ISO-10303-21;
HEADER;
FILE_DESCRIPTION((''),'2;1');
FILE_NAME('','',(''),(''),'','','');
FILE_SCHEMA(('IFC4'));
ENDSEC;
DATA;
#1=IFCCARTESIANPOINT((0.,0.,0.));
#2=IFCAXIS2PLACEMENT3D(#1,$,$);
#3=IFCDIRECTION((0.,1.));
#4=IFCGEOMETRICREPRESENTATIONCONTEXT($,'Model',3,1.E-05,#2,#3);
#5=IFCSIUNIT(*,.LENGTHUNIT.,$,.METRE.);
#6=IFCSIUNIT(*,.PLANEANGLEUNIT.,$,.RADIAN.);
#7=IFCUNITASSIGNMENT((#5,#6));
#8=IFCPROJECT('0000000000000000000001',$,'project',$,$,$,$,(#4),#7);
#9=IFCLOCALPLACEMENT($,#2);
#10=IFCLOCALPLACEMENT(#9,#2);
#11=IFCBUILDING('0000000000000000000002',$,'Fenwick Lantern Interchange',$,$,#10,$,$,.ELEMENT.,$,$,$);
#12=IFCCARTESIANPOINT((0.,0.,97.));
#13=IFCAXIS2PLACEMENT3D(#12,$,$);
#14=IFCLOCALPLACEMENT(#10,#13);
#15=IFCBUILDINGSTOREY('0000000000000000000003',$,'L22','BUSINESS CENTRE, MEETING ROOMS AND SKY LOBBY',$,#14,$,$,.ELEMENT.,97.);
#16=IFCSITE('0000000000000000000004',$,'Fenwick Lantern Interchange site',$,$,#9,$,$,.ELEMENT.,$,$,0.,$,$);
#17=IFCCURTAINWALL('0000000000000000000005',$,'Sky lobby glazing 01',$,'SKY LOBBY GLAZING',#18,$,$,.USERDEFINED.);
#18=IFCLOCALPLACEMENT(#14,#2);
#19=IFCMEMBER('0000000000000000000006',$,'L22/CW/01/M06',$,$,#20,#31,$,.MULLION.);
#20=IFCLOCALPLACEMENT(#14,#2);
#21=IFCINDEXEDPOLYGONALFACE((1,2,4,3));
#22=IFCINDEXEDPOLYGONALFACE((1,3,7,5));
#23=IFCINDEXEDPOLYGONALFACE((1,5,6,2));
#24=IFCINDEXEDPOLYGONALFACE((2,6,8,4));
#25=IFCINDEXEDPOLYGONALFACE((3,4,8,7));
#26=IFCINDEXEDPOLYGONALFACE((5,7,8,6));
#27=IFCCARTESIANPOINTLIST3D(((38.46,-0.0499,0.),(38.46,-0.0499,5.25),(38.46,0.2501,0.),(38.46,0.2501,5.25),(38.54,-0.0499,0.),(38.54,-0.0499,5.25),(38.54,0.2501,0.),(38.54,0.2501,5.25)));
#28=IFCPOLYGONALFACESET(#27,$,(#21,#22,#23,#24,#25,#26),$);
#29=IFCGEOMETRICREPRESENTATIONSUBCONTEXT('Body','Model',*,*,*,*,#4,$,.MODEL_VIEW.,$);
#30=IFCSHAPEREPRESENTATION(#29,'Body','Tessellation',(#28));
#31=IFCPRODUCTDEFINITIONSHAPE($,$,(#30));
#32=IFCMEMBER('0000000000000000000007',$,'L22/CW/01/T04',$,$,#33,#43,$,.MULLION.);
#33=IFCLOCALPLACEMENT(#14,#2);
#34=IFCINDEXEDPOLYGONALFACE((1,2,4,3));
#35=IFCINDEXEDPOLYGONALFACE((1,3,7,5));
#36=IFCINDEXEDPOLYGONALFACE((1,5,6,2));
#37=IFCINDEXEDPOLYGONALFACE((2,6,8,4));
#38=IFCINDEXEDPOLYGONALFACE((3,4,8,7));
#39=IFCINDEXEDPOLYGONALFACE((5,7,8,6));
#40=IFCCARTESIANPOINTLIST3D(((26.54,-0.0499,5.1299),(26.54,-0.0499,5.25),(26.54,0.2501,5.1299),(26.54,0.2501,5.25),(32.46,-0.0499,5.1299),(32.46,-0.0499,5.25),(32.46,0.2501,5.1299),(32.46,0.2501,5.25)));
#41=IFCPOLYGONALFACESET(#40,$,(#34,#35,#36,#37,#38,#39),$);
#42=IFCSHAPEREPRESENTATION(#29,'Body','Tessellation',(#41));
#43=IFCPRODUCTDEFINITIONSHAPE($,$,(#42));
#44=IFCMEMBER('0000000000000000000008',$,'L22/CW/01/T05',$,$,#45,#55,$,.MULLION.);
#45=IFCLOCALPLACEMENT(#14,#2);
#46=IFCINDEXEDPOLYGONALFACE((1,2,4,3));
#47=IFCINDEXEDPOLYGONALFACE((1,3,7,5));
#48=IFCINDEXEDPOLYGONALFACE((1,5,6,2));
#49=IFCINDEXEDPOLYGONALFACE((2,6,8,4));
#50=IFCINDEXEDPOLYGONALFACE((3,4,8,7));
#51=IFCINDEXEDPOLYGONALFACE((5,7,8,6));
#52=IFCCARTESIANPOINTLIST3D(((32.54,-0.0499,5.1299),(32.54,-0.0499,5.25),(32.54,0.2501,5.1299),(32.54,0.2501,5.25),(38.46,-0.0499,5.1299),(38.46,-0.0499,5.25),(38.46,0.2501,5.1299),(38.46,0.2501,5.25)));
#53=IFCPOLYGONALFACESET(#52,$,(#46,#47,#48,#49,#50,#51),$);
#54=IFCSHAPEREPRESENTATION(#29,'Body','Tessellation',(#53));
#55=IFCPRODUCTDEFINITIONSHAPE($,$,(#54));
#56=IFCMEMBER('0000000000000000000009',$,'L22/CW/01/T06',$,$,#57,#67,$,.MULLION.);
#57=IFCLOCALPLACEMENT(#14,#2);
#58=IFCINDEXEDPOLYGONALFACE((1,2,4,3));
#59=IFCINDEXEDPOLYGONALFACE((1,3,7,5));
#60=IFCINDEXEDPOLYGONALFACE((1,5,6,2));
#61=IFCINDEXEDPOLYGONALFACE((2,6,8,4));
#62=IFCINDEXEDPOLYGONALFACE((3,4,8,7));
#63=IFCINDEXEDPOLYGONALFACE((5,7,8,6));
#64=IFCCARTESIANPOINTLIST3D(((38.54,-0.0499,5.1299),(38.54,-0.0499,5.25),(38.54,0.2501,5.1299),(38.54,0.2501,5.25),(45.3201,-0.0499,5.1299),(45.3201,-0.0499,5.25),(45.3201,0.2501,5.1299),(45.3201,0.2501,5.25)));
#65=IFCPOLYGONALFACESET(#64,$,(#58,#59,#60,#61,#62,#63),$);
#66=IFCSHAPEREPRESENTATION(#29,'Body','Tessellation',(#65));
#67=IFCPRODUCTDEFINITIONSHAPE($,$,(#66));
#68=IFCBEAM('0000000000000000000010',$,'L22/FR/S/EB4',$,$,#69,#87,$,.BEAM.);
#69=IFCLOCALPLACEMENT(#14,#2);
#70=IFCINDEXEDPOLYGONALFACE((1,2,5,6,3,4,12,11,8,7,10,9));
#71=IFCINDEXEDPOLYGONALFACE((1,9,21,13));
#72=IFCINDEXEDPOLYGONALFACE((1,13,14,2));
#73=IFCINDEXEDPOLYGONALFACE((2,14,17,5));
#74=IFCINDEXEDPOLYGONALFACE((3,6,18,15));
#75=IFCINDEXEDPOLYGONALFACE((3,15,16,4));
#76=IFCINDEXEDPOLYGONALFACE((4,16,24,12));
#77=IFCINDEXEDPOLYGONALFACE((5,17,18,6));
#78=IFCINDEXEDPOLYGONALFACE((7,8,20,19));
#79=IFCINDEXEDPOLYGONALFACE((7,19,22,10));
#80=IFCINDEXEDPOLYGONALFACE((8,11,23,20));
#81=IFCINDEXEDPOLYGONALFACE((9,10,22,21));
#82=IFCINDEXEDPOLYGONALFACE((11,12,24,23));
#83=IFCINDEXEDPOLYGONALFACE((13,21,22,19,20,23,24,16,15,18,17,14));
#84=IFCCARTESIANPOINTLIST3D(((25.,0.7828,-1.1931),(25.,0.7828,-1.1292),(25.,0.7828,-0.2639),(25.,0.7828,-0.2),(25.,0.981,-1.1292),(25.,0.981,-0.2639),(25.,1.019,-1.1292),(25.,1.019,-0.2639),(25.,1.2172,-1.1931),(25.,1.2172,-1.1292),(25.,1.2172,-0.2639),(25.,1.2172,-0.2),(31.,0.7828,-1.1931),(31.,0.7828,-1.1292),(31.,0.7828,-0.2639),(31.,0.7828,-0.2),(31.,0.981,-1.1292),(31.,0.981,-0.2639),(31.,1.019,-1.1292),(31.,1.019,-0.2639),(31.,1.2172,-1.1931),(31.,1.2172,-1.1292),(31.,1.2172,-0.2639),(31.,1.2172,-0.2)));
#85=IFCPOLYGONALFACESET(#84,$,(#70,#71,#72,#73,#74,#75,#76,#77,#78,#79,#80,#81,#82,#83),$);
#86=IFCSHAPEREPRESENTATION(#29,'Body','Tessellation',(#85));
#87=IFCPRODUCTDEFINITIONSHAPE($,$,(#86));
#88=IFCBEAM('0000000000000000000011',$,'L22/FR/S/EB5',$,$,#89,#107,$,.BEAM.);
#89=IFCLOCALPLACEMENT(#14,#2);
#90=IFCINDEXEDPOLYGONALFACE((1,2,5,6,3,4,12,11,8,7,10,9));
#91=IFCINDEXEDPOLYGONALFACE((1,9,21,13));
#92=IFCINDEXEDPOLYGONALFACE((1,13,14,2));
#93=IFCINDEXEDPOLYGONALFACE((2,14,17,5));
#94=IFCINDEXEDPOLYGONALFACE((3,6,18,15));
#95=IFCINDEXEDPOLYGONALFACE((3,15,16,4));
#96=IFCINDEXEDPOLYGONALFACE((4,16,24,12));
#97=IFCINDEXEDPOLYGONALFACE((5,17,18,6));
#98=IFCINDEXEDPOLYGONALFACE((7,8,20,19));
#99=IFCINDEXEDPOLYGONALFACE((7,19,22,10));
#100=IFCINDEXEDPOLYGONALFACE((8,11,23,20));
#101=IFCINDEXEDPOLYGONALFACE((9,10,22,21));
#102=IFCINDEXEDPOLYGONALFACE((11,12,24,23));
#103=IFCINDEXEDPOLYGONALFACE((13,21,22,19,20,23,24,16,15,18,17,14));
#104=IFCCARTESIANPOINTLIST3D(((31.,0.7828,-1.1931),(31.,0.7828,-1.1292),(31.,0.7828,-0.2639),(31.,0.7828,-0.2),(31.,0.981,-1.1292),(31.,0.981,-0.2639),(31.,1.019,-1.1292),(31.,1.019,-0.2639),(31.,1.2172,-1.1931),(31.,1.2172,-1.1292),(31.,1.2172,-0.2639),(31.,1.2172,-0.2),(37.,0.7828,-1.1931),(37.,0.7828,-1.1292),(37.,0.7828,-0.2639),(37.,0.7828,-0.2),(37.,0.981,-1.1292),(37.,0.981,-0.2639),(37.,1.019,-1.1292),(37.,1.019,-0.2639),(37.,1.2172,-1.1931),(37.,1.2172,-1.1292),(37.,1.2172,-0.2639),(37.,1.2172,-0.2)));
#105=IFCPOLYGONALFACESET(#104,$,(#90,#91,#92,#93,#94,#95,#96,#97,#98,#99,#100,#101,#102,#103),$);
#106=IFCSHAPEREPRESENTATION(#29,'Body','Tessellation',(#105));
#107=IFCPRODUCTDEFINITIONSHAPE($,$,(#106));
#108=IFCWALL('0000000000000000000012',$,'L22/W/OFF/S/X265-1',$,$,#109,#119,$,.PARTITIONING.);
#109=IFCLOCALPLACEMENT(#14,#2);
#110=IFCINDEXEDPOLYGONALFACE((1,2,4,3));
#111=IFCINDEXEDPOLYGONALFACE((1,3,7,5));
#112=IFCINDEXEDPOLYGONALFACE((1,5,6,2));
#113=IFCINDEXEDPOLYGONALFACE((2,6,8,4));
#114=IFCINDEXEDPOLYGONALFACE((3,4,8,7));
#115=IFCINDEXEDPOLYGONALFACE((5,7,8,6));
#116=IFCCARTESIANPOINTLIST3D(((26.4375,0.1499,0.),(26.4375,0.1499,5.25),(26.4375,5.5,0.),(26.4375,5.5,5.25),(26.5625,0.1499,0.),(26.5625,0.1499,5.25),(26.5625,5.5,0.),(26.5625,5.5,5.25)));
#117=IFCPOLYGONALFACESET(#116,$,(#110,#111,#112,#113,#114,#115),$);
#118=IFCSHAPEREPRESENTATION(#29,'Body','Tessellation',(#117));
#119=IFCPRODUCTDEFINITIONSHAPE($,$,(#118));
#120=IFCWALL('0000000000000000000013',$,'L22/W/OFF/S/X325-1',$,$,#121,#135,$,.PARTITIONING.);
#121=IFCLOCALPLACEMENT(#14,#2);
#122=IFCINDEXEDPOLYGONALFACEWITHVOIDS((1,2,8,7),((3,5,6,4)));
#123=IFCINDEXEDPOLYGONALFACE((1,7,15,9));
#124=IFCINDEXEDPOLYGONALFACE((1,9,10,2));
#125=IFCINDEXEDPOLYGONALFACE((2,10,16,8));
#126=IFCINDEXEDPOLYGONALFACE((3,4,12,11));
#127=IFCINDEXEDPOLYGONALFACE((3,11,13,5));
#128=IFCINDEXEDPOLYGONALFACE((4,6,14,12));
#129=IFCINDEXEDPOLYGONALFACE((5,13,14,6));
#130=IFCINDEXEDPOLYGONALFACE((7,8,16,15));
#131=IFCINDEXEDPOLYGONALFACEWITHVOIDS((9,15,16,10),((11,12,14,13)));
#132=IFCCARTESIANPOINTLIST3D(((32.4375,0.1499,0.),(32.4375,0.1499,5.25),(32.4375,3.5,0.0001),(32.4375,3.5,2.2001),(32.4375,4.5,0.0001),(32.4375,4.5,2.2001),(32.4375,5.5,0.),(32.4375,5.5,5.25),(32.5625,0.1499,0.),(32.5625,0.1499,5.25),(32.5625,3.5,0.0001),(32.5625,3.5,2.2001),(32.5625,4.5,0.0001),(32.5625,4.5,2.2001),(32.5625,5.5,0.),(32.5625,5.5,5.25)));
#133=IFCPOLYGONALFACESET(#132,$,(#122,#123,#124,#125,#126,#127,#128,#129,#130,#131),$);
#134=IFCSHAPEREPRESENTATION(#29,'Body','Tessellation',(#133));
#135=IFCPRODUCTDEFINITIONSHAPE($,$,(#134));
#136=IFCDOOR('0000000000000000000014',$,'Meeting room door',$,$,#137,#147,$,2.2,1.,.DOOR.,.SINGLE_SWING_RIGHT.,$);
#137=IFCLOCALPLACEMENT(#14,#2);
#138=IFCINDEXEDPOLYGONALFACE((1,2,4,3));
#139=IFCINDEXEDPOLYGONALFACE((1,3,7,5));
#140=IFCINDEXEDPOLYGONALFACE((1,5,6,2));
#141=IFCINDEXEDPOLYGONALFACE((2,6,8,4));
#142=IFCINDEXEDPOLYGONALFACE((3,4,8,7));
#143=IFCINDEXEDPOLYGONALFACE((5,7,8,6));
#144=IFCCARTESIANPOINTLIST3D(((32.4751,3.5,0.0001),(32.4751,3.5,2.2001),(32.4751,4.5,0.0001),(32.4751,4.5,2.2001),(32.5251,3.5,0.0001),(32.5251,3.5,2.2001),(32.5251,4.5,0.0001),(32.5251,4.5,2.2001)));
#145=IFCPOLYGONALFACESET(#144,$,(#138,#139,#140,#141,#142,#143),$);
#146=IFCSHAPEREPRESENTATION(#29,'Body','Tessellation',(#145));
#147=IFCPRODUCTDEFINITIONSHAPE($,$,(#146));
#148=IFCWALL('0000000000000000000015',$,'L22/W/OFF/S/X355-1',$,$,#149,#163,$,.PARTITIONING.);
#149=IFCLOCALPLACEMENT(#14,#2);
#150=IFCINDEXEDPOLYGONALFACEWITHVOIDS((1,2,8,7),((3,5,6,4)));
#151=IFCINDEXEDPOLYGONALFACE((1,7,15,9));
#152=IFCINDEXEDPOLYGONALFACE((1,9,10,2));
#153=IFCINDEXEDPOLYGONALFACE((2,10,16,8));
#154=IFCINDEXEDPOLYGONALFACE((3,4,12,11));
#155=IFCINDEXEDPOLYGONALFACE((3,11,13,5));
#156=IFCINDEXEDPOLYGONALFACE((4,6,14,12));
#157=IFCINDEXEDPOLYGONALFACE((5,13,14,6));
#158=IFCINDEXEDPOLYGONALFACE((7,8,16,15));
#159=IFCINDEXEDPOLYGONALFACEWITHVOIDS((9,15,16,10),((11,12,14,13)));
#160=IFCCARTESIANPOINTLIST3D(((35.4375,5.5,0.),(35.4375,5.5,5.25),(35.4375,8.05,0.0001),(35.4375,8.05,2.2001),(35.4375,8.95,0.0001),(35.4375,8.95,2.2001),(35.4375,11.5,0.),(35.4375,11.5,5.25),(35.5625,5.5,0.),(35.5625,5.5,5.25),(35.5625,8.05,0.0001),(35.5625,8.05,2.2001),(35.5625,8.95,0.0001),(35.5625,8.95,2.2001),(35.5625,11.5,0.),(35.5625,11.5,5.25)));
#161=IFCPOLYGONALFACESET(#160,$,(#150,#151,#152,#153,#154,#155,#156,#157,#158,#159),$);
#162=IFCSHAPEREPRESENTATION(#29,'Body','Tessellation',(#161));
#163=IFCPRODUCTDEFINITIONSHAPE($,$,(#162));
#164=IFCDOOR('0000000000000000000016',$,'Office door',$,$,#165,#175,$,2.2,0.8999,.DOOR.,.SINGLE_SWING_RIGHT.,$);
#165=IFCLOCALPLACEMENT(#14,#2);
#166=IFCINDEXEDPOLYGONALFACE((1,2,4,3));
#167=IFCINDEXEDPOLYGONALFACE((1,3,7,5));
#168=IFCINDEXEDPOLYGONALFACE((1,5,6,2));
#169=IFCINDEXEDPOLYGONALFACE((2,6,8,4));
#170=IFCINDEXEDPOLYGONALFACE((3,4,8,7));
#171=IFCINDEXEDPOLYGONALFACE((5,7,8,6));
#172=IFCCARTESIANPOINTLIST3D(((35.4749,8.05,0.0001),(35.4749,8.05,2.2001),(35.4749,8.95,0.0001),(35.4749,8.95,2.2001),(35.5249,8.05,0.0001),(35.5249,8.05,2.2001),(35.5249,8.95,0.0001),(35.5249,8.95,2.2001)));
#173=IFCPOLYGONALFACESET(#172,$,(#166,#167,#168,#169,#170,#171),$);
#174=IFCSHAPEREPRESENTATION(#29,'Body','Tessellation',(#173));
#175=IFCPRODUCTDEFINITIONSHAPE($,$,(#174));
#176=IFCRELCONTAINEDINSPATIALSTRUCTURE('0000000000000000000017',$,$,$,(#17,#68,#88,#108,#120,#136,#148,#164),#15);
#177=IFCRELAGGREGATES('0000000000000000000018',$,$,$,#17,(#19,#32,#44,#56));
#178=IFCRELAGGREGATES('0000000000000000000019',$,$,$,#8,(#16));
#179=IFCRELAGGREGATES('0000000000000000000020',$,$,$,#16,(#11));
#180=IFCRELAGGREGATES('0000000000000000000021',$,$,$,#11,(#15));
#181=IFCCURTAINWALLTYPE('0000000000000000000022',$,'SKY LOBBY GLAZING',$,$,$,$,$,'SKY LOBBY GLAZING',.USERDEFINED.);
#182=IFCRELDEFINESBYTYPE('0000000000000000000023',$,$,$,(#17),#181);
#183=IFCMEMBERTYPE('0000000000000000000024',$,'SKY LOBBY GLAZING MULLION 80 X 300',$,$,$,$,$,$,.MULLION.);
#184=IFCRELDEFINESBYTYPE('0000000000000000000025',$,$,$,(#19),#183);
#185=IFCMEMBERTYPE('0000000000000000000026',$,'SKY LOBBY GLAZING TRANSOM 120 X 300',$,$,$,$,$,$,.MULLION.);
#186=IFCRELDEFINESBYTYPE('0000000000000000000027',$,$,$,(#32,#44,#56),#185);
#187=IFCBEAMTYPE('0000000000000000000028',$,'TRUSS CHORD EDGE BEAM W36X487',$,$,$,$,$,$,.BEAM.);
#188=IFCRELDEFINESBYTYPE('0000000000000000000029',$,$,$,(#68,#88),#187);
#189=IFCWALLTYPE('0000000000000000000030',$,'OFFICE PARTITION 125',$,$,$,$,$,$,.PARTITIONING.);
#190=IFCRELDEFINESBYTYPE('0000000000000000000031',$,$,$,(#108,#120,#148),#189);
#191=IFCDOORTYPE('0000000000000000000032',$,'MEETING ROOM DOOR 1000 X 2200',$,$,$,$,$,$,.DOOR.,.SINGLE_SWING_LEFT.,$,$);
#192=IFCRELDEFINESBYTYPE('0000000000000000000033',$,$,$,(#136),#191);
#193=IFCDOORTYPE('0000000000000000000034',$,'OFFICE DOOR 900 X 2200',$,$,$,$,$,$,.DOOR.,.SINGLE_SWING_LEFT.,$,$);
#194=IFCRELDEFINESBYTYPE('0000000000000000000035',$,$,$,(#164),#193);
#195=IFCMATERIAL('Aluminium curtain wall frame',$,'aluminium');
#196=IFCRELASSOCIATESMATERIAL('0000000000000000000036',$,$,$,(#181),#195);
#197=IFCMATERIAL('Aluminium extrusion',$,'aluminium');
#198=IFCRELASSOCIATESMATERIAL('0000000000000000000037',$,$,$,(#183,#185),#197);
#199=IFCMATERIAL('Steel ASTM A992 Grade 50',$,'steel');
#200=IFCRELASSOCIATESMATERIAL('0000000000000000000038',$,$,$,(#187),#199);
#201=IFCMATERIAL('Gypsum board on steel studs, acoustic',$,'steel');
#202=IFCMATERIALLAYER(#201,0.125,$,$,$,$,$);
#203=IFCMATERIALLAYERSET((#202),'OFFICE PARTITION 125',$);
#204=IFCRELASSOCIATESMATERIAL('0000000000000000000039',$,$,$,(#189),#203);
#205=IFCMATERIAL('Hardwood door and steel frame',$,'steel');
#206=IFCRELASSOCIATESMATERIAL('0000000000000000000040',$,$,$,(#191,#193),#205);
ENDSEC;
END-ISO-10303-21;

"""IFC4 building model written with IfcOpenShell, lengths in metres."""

from ifc_helpers import new_model, si_unit, direction, frame, frame_2d, origin, origin_2d, place, context, subcontext, project, spatial, rectangle, i_section, extrude, material, layer, layer_set, material_profile, profile_set, type_object, element, fill, aggregate, save


model = new_model("IFC4")

# Units and contexts
model_context = context("Model", 3, precision=1e-05, world=origin(), true_north=direction((0.0, 1.0)))
body_context = subcontext(model_context, "Body", "Model", "MODEL_VIEW")
ifc_project = project(units=[si_unit("LENGTHUNIT", "METRE"), si_unit("PLANEANGLEUNIT", "RADIAN")], contexts=[model_context])

# Site, building, storey
site_placement = place(None, origin())
site = spatial("IfcSite", under=ifc_project, at=site_placement, Name="Fenwick Lantern Interchange site", CompositionType="ELEMENT", RefElevation=0.0)
building_placement = place(site_placement, origin())
building = spatial("IfcBuilding", under=site, at=building_placement, Name="Fenwick Lantern Interchange", CompositionType="ELEMENT")
storey_placement = place(building_placement, frame((0.0, 0.0, 97.0)))
storey = spatial("IfcBuildingStorey", under=building, at=storey_placement, Name="L22", Description="BUSINESS CENTRE, MEETING ROOMS AND SKY LOBBY", CompositionType="ELEMENT", Elevation=97.0)

# Shared definitions
ifc_material_1 = material(Name="Steel ASTM A992 Grade 50", Category="steel")

# Curtain wall, members
ifc_material_2 = material(Name="Aluminium curtain wall frame", Category="aluminium")
curtain_wall_type = type_object("IfcCurtainWallType", Name="SKY LOBBY GLAZING", ElementType="SKY LOBBY GLAZING", PredefinedType="USERDEFINED", material=ifc_material_2)
curtain_wall_placement = place(storey_placement, origin())
curtain_wall = element("IfcCurtainWall", 1, at=curtain_wall_placement, inside=storey, type_object=curtain_wall_type, Name="Sky lobby glazing 01", ObjectType="SKY LOBBY GLAZING", PredefinedType="USERDEFINED")
ifc_material_3 = material(Name="Aluminium extrusion", Category="aluminium")
ifc_material_profile_1 = material_profile(ifc_material_3, rectangle(XDim=0.3, YDim=0.0801, at=origin_2d()), Name="SKY LOBBY GLAZING MULLION 80 X 300")
ifc_profile_set_1 = profile_set([ifc_material_profile_1], Name="Aluminium extrusion")
member_type_1 = type_object("IfcMemberType", Name="SKY LOBBY GLAZING MULLION 80 X 300", PredefinedType="MULLION", material=ifc_profile_set_1)
member_1_placement = place(storey_placement, frame((38.5, 0.1001, 0.0), z_axis=(0.0, 0.0, 1.0), x_axis=(0.0, 1.0, 0.0)))
member_1 = element("IfcMember", 2, at=member_1_placement, type_object=member_type_1, Name="L22/CW/01/M06", PredefinedType="MULLION", context=body_context, shape_type="SweptSolid", body=[
    extrude(rectangle(XDim=0.3, YDim=0.0801, at=origin_2d()), origin(), (0.0, 0.0, 1.0), 5.25),
])
ifc_material_profile_2 = material_profile(ifc_material_3, rectangle(XDim=0.3, YDim=0.1201, at=origin_2d()), Name="SKY LOBBY GLAZING TRANSOM 120 X 300")
ifc_profile_set_2 = profile_set([ifc_material_profile_2], Name="Aluminium extrusion")
member_type_2 = type_object("IfcMemberType", Name="SKY LOBBY GLAZING TRANSOM 120 X 300", PredefinedType="MULLION", material=ifc_profile_set_2)
member_2_placement = place(storey_placement, frame((26.54, 0.1001, 5.1899), z_axis=(1.0, 0.0, 0.0), x_axis=(0.0, 1.0, 0.0)))
member_2 = element("IfcMember", 3, at=member_2_placement, type_object=member_type_2, Name="L22/CW/01/T04", PredefinedType="MULLION", context=body_context, shape_type="SweptSolid", body=[
    extrude(rectangle(XDim=0.3, YDim=0.1201, at=origin_2d()), origin(), (0.0, 0.0, 1.0), 5.9199),
])
member_3_placement = place(storey_placement, frame((32.54, 0.1001, 5.1899), z_axis=(1.0, 0.0, 0.0), x_axis=(0.0, 1.0, 0.0)))
member_3 = element("IfcMember", 4, at=member_3_placement, type_object=member_type_2, Name="L22/CW/01/T05", PredefinedType="MULLION", context=body_context, shape_type="SweptSolid", body=[
    extrude(rectangle(XDim=0.3, YDim=0.1201, at=origin_2d()), origin(), (0.0, 0.0, 1.0), 5.9199),
])
member_4_placement = place(storey_placement, frame((38.54, 0.1001, 5.1899), z_axis=(1.0, 0.0, 0.0), x_axis=(0.0, 1.0, 0.0)))
member_4 = element("IfcMember", 5, at=member_4_placement, type_object=member_type_2, Name="L22/CW/01/T06", PredefinedType="MULLION", context=body_context, shape_type="SweptSolid", body=[
    extrude(rectangle(XDim=0.3, YDim=0.1201, at=origin_2d()), origin(), (0.0, 0.0, 1.0), 6.78),
])
aggregate(curtain_wall, [member_1, member_2, member_3, member_4])

# Beams
ifc_material_profile_3 = material_profile(ifc_material_1, i_section(OverallWidth=0.4343, OverallDepth=0.9932, WebThickness=0.0381, FlangeThickness=0.064, at=origin_2d()), Name="W36X487")
ifc_profile_set_3 = profile_set([ifc_material_profile_3], Name="Steel ASTM A992 Grade 50")
beam_type_1 = type_object("IfcBeamType", Name="TRUSS CHORD EDGE BEAM W36X487", PredefinedType="BEAM", material=ifc_profile_set_3)
for number, where, z_axis, x_axis, name in (
    (6, (25.0, 1.0, -0.6965), (1.0, 0.0, 0.0), (0.0, 1.0, 0.0), "L22/FR/S/EB4"),
    (7, (31.0, 1.0, -0.6965), (1.0, 0.0, 0.0), (0.0, 1.0, 0.0), "L22/FR/S/EB5"),
):
    element("IfcBeam", number, at=place(storey_placement, frame(where, z_axis=z_axis, x_axis=x_axis)), inside=storey, type_object=beam_type_1, Name=name, PredefinedType="BEAM", context=body_context, shape_type="SweptSolid", body=[
        extrude(i_section(OverallWidth=0.4343, OverallDepth=0.9932, WebThickness=0.0381, FlangeThickness=0.064, at=origin_2d()), origin(), (0.0, 0.0, 1.0), 6.0),
    ])

# Wall
ifc_material_4 = material(Name="Gypsum board on steel studs, acoustic", Category="steel")
ifc_layer_1 = layer(ifc_material_4, 0.125)
ifc_layer_set_1 = layer_set([ifc_layer_1], Name="OFFICE PARTITION 125")
wall_type_1 = type_object("IfcWallType", Name="OFFICE PARTITION 125", PredefinedType="PARTITIONING", material=ifc_layer_set_1)
wall_1_placement = place(storey_placement, frame((26.5, 0.1499, 0.0), z_axis=(0.0, 0.0, 1.0), x_axis=(0.0, 1.0, 0.0)))
element("IfcWall", 8, at=wall_1_placement, inside=storey, type_object=wall_type_1, Name="L22/W/OFF/S/X265-1", PredefinedType="PARTITIONING", context=body_context, shape_type="SweptSolid", body=[
    extrude(rectangle(XDim=5.3501, YDim=0.125, at=frame_2d((2.675, 0.0))), origin(), (0.0, 0.0, 1.0), 5.25),
])

# Walls, openings, doors
wall_2_placement = place(storey_placement, frame((32.5, 0.1499, 0.0), z_axis=(0.0, 0.0, 1.0), x_axis=(0.0, 1.0, 0.0)))
wall_2 = element("IfcWall", 9, at=wall_2_placement, inside=storey, type_object=wall_type_1, Name="L22/W/OFF/S/X325-1", PredefinedType="PARTITIONING", context=body_context, shape_type="SweptSolid", body=[
    extrude(rectangle(XDim=5.3501, YDim=0.125, at=frame_2d((2.675, 0.0))), origin(), (0.0, 0.0, 1.0), 5.25),
])
opening_1_placement = place(wall_2_placement, frame((3.3501, 0.0, 0.0)))
opening_1 = element("IfcOpeningElement", 10, at=opening_1_placement, cuts=wall_2, PredefinedType="OPENING", context=body_context, shape_type="SweptSolid", body=[
    extrude(rectangle(XDim=1.0, YDim=2.2, at=frame_2d((0.5, 1.1001))), frame((0.0, 0.0725, 0.0), z_axis=(0.0, -1.0, 0.0), x_axis=(1.0, 0.0, 0.0)), (0.0, 0.0, 1.0), 0.145),
])
ifc_material_5 = material(Name="Hardwood door and steel frame", Category="steel")
door_type_1 = type_object("IfcDoorType", Name="MEETING ROOM DOOR 1000 X 2200", OperationType="SINGLE_SWING_LEFT", PredefinedType="DOOR", material=ifc_material_5)
door_1_placement = place(opening_1_placement, origin())
door_1 = element("IfcDoor", 11, at=door_1_placement, inside=storey, type_object=door_type_1, Name="Meeting room door", OperationType="SINGLE_SWING_RIGHT", OverallHeight=2.2, OverallWidth=1.0, PredefinedType="DOOR", context=body_context, shape_type="SweptSolid", body=[
    extrude(rectangle(XDim=1.0, YDim=2.2, at=frame_2d((0.5, 1.1001))), frame((0.0, 0.0249, 0.0), z_axis=(0.0, -1.0, 0.0), x_axis=(1.0, 0.0, 0.0)), (0.0, 0.0, 1.0), 0.05),
])
fill(opening_1, door_1)
wall_3_placement = place(storey_placement, frame((35.5, 5.5, 0.0), z_axis=(0.0, 0.0, 1.0), x_axis=(0.0, 1.0, 0.0)))
wall_3 = element("IfcWall", 12, at=wall_3_placement, inside=storey, type_object=wall_type_1, Name="L22/W/OFF/S/X355-1", PredefinedType="PARTITIONING", context=body_context, shape_type="SweptSolid", body=[
    extrude(rectangle(XDim=6.0, YDim=0.125, at=frame_2d((3.0, 0.0))), origin(), (0.0, 0.0, 1.0), 5.25),
])
opening_2_placement = place(wall_3_placement, frame((2.55, 0.0, 0.0)))
opening_2 = element("IfcOpeningElement", 13, at=opening_2_placement, cuts=wall_3, PredefinedType="OPENING", context=body_context, shape_type="SweptSolid", body=[
    extrude(rectangle(XDim=0.8999, YDim=2.2, at=frame_2d((0.45, 1.1001))), frame((0.0, 0.0725, 0.0), z_axis=(0.0, -1.0, 0.0), x_axis=(1.0, 0.0, 0.0)), (0.0, 0.0, 1.0), 0.145),
])
door_type_2 = type_object("IfcDoorType", Name="OFFICE DOOR 900 X 2200", OperationType="SINGLE_SWING_LEFT", PredefinedType="DOOR", material=ifc_material_5)
door_2_placement = place(opening_2_placement, frame((0.8999, 0.0, 0.0), z_axis=(0.0, 0.0, 1.0), x_axis=(-1.0, 0.0, 0.0)))
door_2 = element("IfcDoor", 14, at=door_2_placement, inside=storey, type_object=door_type_2, Name="Office door", OperationType="SINGLE_SWING_RIGHT", OverallHeight=2.2, OverallWidth=0.8999, PredefinedType="DOOR", context=body_context, shape_type="SweptSolid", body=[
    extrude(rectangle(XDim=0.8999, YDim=2.2, at=frame_2d((0.45, 1.1001))), frame((0.0, 0.0249, 0.0), z_axis=(0.0, -1.0, 0.0), x_axis=(1.0, 0.0, 0.0)), (0.0, 0.0, 1.0), 0.05),
])
fill(opening_2, door_2)

save(model, "model.ifc")
